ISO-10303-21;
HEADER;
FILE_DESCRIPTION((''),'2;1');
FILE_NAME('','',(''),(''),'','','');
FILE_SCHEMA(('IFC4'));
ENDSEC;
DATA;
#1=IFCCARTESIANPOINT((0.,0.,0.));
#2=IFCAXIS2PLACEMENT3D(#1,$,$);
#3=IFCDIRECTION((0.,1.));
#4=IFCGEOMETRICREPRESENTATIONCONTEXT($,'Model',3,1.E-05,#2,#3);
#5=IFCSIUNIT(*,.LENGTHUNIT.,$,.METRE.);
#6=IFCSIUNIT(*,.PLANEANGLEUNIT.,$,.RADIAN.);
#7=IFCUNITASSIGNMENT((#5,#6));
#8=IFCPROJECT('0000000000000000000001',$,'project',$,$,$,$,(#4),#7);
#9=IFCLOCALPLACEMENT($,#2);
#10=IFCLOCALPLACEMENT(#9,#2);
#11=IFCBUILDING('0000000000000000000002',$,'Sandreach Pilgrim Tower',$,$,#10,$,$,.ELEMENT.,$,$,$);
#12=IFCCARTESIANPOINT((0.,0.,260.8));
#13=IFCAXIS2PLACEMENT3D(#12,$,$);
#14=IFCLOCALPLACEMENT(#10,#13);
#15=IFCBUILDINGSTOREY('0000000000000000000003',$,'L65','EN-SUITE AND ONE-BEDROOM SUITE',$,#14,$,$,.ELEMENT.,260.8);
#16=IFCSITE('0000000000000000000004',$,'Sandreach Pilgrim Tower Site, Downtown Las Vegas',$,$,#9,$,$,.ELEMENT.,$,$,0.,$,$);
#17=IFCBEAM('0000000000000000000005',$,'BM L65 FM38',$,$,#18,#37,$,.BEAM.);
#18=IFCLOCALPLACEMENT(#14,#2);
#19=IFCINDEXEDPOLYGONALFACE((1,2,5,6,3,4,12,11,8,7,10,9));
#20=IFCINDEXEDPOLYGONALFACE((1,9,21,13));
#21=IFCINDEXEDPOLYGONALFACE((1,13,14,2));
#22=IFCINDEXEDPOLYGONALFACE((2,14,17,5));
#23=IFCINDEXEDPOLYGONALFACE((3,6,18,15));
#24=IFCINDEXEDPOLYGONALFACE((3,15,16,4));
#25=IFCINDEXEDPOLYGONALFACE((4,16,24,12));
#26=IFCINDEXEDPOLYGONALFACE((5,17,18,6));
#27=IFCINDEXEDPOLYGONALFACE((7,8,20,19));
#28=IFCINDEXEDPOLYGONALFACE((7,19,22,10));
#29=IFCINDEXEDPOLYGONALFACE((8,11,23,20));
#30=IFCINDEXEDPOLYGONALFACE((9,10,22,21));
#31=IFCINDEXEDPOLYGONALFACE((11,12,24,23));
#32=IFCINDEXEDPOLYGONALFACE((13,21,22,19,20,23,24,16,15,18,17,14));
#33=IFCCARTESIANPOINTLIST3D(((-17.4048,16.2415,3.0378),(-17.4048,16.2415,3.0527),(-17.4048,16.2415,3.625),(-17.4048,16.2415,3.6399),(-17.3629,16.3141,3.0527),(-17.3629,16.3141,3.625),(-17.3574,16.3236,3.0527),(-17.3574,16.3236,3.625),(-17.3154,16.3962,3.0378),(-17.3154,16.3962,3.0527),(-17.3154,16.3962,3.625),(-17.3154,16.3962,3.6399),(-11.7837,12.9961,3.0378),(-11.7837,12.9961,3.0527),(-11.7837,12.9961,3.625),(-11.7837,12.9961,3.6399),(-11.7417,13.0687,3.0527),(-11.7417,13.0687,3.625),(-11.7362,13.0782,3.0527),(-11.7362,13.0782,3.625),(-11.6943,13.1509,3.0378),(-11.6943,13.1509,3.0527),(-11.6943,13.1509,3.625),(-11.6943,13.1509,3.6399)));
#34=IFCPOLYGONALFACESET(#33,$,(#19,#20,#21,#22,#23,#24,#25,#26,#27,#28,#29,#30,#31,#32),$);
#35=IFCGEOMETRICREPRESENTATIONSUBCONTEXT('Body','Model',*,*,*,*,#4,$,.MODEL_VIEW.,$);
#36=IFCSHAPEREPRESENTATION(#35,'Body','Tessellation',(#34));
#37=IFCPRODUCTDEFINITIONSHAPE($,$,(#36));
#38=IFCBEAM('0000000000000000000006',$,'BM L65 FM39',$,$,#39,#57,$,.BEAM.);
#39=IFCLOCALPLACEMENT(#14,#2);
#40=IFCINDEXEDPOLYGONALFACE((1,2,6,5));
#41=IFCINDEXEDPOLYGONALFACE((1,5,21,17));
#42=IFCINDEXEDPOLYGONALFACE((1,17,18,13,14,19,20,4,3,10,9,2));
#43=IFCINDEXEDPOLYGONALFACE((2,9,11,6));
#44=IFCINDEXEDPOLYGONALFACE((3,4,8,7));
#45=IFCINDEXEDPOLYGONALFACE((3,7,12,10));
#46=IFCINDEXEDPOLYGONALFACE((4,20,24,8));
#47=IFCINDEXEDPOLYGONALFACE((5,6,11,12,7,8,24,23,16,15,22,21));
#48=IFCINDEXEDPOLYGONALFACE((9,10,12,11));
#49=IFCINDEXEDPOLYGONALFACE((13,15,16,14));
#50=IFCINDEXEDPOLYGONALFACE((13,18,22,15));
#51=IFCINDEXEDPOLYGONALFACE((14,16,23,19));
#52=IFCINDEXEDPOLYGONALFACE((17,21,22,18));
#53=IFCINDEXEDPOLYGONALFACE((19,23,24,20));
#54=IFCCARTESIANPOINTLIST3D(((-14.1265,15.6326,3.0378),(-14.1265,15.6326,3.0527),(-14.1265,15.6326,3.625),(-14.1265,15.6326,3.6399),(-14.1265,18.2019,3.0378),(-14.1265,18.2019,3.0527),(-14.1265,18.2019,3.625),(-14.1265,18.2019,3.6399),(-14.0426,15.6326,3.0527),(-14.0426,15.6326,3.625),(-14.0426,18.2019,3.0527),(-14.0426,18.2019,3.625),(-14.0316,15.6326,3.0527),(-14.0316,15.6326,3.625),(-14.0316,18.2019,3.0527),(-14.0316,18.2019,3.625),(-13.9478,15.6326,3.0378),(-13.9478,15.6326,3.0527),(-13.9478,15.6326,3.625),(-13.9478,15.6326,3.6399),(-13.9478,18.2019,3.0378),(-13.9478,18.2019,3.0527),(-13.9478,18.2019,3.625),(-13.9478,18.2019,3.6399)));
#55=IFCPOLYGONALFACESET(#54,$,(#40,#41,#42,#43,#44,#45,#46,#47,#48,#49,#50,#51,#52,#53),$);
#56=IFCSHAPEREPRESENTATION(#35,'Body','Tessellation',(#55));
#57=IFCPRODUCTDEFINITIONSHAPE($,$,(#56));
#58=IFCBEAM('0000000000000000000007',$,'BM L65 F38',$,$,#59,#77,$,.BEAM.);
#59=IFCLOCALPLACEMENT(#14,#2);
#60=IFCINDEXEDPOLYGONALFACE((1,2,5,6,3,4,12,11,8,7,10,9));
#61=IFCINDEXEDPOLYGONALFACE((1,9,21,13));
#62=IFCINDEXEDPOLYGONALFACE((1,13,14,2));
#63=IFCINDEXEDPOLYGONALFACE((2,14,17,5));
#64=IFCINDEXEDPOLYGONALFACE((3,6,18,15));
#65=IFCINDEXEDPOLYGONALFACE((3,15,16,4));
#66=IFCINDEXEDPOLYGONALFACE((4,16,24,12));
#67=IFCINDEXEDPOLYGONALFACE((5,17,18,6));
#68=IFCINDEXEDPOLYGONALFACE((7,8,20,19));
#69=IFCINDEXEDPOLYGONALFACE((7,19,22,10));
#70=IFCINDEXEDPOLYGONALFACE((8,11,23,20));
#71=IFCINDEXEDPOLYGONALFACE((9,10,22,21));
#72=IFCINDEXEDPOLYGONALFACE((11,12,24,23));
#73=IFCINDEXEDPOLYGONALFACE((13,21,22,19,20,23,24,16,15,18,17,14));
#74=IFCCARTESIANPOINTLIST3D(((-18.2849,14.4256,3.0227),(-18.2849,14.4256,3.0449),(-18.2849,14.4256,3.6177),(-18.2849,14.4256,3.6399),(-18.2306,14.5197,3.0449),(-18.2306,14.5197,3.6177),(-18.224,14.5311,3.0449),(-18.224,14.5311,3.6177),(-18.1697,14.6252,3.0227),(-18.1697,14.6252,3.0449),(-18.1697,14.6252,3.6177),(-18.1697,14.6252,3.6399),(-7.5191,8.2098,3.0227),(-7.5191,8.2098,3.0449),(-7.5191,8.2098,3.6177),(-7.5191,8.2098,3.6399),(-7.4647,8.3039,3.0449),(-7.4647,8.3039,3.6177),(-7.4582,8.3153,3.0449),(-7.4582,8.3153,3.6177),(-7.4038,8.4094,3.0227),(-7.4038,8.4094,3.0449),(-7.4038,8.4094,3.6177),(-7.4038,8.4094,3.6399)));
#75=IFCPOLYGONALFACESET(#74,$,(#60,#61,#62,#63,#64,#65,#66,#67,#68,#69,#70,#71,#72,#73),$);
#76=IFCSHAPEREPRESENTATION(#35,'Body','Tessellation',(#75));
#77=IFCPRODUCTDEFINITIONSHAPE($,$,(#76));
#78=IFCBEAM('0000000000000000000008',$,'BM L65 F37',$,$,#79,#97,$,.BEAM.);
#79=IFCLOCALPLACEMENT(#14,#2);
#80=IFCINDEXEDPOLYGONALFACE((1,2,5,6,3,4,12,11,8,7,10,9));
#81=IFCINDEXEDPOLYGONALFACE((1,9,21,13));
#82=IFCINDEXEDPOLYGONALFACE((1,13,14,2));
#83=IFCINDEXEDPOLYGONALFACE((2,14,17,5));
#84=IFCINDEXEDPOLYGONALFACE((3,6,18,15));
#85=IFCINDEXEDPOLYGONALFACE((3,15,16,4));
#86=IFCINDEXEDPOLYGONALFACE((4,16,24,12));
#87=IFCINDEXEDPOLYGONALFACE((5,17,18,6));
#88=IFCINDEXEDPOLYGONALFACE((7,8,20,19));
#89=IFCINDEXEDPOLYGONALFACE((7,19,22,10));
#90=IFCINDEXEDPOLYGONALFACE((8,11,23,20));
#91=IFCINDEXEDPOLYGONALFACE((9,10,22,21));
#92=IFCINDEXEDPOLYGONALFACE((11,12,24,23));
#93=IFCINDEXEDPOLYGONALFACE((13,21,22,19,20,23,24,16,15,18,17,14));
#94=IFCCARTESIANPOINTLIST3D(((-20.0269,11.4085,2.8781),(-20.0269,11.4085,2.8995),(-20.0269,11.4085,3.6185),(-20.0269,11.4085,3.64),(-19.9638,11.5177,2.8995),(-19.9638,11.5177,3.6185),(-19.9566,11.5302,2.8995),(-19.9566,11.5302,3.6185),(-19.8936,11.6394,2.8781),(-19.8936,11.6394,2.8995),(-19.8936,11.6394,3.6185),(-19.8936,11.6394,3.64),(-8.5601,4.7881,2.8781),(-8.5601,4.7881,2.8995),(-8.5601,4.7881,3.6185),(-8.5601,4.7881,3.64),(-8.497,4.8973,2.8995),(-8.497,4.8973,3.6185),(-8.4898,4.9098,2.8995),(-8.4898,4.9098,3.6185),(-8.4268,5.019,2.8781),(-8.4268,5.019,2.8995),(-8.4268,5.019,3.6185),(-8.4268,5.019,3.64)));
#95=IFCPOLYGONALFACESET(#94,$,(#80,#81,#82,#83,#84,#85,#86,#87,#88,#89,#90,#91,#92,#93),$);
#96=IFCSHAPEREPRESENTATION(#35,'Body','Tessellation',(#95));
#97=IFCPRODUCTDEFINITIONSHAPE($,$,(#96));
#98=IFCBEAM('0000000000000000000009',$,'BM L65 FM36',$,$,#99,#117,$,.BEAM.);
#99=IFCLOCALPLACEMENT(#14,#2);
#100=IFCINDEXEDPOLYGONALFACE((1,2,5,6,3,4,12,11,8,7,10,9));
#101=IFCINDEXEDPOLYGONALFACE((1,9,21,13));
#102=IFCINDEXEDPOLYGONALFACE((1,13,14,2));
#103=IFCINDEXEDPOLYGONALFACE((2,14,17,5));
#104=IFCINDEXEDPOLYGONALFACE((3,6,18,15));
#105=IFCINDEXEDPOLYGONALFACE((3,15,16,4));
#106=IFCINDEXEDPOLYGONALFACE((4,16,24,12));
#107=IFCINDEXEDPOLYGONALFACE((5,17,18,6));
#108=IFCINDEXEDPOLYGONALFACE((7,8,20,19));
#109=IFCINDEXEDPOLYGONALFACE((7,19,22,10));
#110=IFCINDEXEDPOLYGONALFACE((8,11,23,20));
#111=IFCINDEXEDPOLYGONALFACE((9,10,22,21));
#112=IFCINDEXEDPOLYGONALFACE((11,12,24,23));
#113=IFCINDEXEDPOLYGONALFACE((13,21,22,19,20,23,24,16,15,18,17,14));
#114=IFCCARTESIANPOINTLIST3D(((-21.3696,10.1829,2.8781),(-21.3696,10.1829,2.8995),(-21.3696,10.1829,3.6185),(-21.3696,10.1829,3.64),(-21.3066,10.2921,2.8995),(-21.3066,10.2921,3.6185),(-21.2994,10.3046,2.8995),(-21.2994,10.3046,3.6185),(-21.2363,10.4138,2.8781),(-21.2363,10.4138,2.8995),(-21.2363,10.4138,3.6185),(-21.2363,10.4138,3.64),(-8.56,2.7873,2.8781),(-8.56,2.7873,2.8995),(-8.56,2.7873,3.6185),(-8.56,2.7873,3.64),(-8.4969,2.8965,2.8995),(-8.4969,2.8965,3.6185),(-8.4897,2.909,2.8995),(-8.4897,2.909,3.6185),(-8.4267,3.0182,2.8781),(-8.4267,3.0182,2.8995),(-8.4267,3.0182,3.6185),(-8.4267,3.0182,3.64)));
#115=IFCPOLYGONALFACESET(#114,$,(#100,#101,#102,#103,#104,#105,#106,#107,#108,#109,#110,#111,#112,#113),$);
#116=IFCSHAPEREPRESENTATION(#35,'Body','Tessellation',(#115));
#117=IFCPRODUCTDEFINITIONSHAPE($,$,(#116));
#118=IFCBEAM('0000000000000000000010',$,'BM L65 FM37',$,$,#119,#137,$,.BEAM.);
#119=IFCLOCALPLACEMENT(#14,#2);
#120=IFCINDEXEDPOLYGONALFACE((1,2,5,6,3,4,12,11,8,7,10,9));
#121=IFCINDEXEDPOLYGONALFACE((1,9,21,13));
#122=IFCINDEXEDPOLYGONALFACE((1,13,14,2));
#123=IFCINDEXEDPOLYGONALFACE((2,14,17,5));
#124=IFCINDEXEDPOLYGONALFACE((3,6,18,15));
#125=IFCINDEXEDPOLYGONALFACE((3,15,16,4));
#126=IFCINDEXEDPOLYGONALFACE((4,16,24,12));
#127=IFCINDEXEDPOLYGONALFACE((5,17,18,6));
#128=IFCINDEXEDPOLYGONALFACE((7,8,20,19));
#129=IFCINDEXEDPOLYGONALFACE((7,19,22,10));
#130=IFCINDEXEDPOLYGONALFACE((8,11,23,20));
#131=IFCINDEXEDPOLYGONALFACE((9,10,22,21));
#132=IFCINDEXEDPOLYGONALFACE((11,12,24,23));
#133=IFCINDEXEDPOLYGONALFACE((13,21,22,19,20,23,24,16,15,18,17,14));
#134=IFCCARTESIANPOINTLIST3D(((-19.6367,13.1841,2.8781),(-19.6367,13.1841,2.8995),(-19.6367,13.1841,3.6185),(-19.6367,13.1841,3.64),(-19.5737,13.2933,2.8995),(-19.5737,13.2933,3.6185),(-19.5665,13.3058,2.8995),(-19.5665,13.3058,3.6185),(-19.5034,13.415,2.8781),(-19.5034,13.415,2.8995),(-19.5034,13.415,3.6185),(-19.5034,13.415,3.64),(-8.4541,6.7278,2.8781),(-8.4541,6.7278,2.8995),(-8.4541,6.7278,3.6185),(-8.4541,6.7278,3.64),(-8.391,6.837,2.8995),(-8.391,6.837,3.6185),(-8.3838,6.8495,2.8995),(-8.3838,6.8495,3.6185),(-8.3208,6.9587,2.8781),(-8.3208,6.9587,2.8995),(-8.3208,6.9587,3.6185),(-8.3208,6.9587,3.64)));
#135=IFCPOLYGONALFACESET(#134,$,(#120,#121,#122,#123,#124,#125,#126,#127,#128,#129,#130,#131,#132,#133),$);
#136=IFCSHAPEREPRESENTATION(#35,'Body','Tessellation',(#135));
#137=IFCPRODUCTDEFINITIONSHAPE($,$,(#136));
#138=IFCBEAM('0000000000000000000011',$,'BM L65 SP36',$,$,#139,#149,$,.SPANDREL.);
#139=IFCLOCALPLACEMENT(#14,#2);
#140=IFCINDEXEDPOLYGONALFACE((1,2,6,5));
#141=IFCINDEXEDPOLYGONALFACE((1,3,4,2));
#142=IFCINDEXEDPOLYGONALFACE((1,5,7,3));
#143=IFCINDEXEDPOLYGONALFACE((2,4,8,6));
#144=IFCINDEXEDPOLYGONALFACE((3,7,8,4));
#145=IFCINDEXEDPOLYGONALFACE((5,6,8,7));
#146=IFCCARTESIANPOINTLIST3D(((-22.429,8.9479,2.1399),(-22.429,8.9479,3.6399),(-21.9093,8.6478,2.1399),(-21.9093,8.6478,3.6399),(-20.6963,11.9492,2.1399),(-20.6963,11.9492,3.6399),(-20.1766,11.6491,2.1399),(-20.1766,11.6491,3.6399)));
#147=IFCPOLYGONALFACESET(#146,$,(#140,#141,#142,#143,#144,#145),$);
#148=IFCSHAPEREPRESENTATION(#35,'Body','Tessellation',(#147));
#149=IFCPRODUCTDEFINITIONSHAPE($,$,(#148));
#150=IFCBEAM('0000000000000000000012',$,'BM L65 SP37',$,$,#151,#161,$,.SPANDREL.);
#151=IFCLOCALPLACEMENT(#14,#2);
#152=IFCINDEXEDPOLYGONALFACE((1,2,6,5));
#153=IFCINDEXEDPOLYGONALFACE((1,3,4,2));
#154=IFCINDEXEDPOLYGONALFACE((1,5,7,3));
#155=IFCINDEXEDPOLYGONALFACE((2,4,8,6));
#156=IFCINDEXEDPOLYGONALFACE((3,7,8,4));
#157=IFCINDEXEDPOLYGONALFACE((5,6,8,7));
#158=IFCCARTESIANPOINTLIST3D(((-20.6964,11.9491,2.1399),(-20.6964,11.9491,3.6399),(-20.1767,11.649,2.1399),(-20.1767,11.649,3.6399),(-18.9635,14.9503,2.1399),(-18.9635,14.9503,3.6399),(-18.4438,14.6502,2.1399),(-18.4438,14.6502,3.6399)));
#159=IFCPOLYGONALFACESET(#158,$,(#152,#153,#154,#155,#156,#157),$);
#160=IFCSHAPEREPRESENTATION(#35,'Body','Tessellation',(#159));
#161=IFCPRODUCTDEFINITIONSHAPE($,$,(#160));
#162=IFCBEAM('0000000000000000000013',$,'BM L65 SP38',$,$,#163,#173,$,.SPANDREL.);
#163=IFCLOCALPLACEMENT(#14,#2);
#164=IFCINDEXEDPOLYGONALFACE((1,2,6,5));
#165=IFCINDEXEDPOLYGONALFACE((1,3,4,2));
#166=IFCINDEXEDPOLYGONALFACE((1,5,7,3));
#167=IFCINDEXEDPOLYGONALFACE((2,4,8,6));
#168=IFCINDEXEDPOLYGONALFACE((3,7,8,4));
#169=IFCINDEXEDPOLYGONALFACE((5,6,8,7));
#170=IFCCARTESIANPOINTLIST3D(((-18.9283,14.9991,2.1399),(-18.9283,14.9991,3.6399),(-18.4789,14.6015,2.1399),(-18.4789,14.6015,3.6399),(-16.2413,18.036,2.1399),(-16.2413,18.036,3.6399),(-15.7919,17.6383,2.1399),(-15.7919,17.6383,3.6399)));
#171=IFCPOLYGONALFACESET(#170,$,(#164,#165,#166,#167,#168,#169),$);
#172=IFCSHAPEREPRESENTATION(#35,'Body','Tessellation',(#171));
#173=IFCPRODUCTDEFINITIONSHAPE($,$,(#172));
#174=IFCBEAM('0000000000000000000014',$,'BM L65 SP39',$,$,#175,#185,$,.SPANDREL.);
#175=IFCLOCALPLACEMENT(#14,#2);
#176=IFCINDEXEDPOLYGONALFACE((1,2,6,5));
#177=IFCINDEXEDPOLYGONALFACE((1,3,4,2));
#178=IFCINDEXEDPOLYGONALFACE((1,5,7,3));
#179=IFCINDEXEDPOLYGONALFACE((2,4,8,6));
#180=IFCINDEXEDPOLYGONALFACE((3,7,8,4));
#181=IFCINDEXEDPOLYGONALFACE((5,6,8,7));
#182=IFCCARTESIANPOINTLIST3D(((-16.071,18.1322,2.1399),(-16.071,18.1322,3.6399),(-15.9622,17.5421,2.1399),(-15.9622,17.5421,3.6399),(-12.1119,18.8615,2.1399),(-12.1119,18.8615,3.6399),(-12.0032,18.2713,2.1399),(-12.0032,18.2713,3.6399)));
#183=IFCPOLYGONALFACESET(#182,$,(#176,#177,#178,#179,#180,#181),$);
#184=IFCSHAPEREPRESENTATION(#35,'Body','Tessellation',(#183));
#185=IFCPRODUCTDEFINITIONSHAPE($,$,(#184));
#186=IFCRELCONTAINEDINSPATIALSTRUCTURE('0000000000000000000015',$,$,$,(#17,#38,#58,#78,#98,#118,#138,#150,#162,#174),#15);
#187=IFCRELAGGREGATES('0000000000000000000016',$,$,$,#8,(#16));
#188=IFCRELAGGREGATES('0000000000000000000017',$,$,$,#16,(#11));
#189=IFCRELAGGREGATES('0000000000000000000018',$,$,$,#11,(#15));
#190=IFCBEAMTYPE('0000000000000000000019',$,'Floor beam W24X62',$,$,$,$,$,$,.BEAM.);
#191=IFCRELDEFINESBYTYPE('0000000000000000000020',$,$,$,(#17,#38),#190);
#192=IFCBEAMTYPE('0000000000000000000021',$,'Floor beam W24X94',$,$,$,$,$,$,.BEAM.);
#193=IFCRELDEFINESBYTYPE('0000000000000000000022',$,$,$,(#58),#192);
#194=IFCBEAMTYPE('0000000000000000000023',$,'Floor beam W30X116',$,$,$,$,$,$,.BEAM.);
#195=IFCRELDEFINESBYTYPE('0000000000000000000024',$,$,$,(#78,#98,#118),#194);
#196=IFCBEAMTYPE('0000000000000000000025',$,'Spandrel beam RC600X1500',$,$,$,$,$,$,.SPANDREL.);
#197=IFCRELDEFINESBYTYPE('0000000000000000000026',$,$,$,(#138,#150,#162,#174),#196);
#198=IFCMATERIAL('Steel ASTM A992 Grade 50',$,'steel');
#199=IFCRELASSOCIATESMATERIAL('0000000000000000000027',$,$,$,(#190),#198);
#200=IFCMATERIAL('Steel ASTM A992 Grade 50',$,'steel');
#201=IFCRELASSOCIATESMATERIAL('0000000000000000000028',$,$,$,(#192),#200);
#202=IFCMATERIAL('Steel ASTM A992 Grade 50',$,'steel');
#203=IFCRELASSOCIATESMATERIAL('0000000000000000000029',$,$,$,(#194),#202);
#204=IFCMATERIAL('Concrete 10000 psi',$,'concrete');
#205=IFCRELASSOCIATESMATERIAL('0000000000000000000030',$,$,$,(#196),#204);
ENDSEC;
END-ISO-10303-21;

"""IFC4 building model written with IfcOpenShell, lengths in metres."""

from ifc_helpers import new_model, si_unit, direction, frame, origin, origin_2d, place, context, subcontext, project, spatial, rectangle, i_section, extrude, material, material_profile, profile_set, type_object, element, save


model = new_model("IFC4")

# Units and contexts
model_context = context("Model", 3, precision=1e-05, world=origin(), true_north=direction((0.0, 1.0)))
body_context = subcontext(model_context, "Body", "Model", "MODEL_VIEW")
ifc_project = project(units=[si_unit("LENGTHUNIT", "METRE"), si_unit("PLANEANGLEUNIT", "RADIAN")], contexts=[model_context])

# Site, building, storey
site_placement = place(None, origin())
site = spatial("IfcSite", under=ifc_project, at=site_placement, Name="Sandreach Pilgrim Tower Site, Downtown Las Vegas", CompositionType="ELEMENT", RefElevation=0.0)
building_placement = place(site_placement, origin())
building = spatial("IfcBuilding", under=site, at=building_placement, Name="Sandreach Pilgrim Tower", CompositionType="ELEMENT")
storey_placement = place(building_placement, frame((0.0, 0.0, 260.8)))
storey = spatial("IfcBuildingStorey", under=building, at=storey_placement, Name="L65", Description="EN-SUITE AND ONE-BEDROOM SUITE", CompositionType="ELEMENT", Elevation=260.8)

# Beams
ifc_material_1 = material(Name="Steel ASTM A992 Grade 50", Category="steel")
ifc_material_profile_1 = material_profile(ifc_material_1, i_section(OverallWidth=0.1787, OverallDepth=0.6021, WebThickness=0.011, FlangeThickness=0.0149, at=origin_2d()), Name="W24X62")
ifc_profile_set_1 = profile_set([ifc_material_profile_1], Name="Steel ASTM A992 Grade 50")
beam_type_1 = type_object("IfcBeamType", Name="Floor beam W24X62", PredefinedType="BEAM", material=ifc_profile_set_1)
beam_1_placement = place(storey_placement, frame((-17.3601, 16.3188, 3.3389), z_axis=(0.866024, -0.500002, 0.0), x_axis=(0.500002, 0.866024, 0.0)))
element("IfcBeam", 1, at=beam_1_placement, inside=storey, type_object=beam_type_1, Name="BM L65 FM38", PredefinedType="BEAM", context=body_context, shape_type="SweptSolid", body=[
    extrude(i_section(OverallWidth=0.1787, OverallDepth=0.6021, WebThickness=0.011, FlangeThickness=0.0149, at=origin_2d()), origin(), (0.0, 0.0, 1.0), 6.4907),
])
beam_2_placement = place(storey_placement, frame((-14.0371, 18.2019, 3.3389), z_axis=(0.0, -1.0, 0.0), x_axis=(1.0, 0.0, 0.0)))
element("IfcBeam", 2, at=beam_2_placement, inside=storey, type_object=beam_type_1, Name="BM L65 FM39", PredefinedType="BEAM", context=body_context, shape_type="SweptSolid", body=[
    extrude(i_section(OverallWidth=0.1787, OverallDepth=0.6021, WebThickness=0.011, FlangeThickness=0.0149, at=origin_2d()), origin(), (0.0, 0.0, 1.0), 2.5693),
])
ifc_material_2 = material(Name="Steel ASTM A992 Grade 50", Category="steel")
ifc_material_profile_2 = material_profile(ifc_material_2, i_section(OverallWidth=0.2305, OverallDepth=0.6172, WebThickness=0.0132, FlangeThickness=0.0222, at=origin_2d()), Name="W24X94")
ifc_profile_set_2 = profile_set([ifc_material_profile_2], Name="Steel ASTM A992 Grade 50")
beam_type_2 = type_object("IfcBeamType", Name="Floor beam W24X94", PredefinedType="BEAM", material=ifc_profile_set_2)
beam_3_placement = place(storey_placement, frame((-18.2273, 14.5254, 3.3313), z_axis=(0.86602, -0.500009, 0.0), x_axis=(0.500009, 0.86602, 0.0)))
element("IfcBeam", 3, at=beam_3_placement, inside=storey, type_object=beam_type_2, Name="BM L65 F38", PredefinedType="BEAM", context=body_context, shape_type="SweptSolid", body=[
    extrude(i_section(OverallWidth=0.2305, OverallDepth=0.6172, WebThickness=0.0132, FlangeThickness=0.0222, at=origin_2d()), origin(), (0.0, 0.0, 1.0), 12.4314),
])
ifc_material_3 = material(Name="Steel ASTM A992 Grade 50", Category="steel")
ifc_material_profile_3 = material_profile(ifc_material_3, i_section(OverallWidth=0.2666, OverallDepth=0.762, WebThickness=0.0144, FlangeThickness=0.0215, at=origin_2d()), Name="W30X116")
ifc_profile_set_3 = profile_set([ifc_material_profile_3], Name="Steel ASTM A992 Grade 50")
beam_type_3 = type_object("IfcBeamType", Name="Floor beam W30X116", PredefinedType="BEAM", material=ifc_profile_set_3)
beam_4_placement = place(storey_placement, frame((-19.9602, 11.5239, 3.259), z_axis=(0.866025, -0.5, 0.0), x_axis=(0.5, 0.866025, 0.0)))
element("IfcBeam", 4, at=beam_4_placement, inside=storey, type_object=beam_type_3, Name="BM L65 F37", PredefinedType="BEAM", context=body_context, shape_type="SweptSolid", body=[
    extrude(i_section(OverallWidth=0.2666, OverallDepth=0.762, WebThickness=0.0144, FlangeThickness=0.0215, at=origin_2d()), origin(), (0.0, 0.0, 1.0), 13.2407),
])
beam_5_placement = place(storey_placement, frame((-21.303, 10.2983, 3.259), z_axis=(0.866028, -0.499995, 0.0), x_axis=(0.499995, 0.866028, 0.0)))
element("IfcBeam", 5, at=beam_5_placement, inside=storey, type_object=beam_type_3, Name="BM L65 FM36", PredefinedType="BEAM", context=body_context, shape_type="SweptSolid", body=[
    extrude(i_section(OverallWidth=0.2666, OverallDepth=0.762, WebThickness=0.0144, FlangeThickness=0.0215, at=origin_2d()), origin(), (0.0, 0.0, 1.0), 14.7913),
])
beam_6_placement = place(storey_placement, frame((-19.5701, 13.2996, 3.259), z_axis=(0.866025, -0.500001, 0.0), x_axis=(0.500001, 0.866025, 0.0)))
element("IfcBeam", 6, at=beam_6_placement, inside=storey, type_object=beam_type_3, Name="BM L65 FM37", PredefinedType="BEAM", context=body_context, shape_type="SweptSolid", body=[
    extrude(i_section(OverallWidth=0.2666, OverallDepth=0.762, WebThickness=0.0144, FlangeThickness=0.0215, at=origin_2d()), origin(), (0.0, 0.0, 1.0), 12.9126),
])
ifc_material_4 = material(Name="Concrete 10000 psi", Category="concrete")
ifc_material_profile_4 = material_profile(ifc_material_4, rectangle(XDim=0.6001, YDim=1.5, at=origin_2d()), Name="RC600X1500")
ifc_profile_set_4 = profile_set([ifc_material_profile_4], Name="Concrete 10000 psi")
beam_type_4 = type_object("IfcBeamType", Name="Spandrel beam RC600X1500", PredefinedType="SPANDREL", material=ifc_profile_set_4)
for number, where, z_axis, x_axis, name in (
    (7, (-22.1692, 8.7979, 2.8899), (0.499981, 0.866037, 0.0), (-0.866037, 0.499981, 0.0), "BM L65 SP36"),
    (8, (-20.4365, 11.7991, 2.8899), (0.500033, 0.866006, 0.0), (-0.866006, 0.500033, 0.0), "BM L65 SP37"),
):
    element("IfcBeam", number, at=place(storey_placement, frame(where, z_axis=z_axis, x_axis=x_axis)), inside=storey, type_object=beam_type_4, Name=name, PredefinedType="SPANDREL", context=body_context, shape_type="SweptSolid", body=[
        extrude(rectangle(XDim=0.6001, YDim=1.5, at=origin_2d()), origin(), (0.0, 0.0, 1.0), 3.4656),
    ])
beam_7_placement = place(storey_placement, frame((-18.7036, 14.8003, 2.8899), z_axis=(0.662651, 0.748929, 0.0), x_axis=(-0.748929, 0.662651, 0.0)))
element("IfcBeam", 9, at=beam_7_placement, inside=storey, type_object=beam_type_4, Name="BM L65 SP38", PredefinedType="SPANDREL", context=body_context, shape_type="SweptSolid", body=[
    extrude(rectangle(XDim=0.6001, YDim=1.5, at=origin_2d()), origin(), (0.0, 0.0, 1.0), 4.0549),
])
beam_8_placement = place(storey_placement, frame((-16.0166, 17.8372, 2.8899), z_axis=(0.983455, 0.181153, 0.0), x_axis=(-0.181153, 0.983455, 0.0)))
element("IfcBeam", 10, at=beam_8_placement, inside=storey, type_object=beam_type_4, Name="BM L65 SP39", PredefinedType="SPANDREL", context=body_context, shape_type="SweptSolid", body=[
    extrude(rectangle(XDim=0.6001, YDim=1.5, at=origin_2d()), origin(), (0.0, 0.0, 1.0), 4.0256),
])

save(model, "model.ifc")
